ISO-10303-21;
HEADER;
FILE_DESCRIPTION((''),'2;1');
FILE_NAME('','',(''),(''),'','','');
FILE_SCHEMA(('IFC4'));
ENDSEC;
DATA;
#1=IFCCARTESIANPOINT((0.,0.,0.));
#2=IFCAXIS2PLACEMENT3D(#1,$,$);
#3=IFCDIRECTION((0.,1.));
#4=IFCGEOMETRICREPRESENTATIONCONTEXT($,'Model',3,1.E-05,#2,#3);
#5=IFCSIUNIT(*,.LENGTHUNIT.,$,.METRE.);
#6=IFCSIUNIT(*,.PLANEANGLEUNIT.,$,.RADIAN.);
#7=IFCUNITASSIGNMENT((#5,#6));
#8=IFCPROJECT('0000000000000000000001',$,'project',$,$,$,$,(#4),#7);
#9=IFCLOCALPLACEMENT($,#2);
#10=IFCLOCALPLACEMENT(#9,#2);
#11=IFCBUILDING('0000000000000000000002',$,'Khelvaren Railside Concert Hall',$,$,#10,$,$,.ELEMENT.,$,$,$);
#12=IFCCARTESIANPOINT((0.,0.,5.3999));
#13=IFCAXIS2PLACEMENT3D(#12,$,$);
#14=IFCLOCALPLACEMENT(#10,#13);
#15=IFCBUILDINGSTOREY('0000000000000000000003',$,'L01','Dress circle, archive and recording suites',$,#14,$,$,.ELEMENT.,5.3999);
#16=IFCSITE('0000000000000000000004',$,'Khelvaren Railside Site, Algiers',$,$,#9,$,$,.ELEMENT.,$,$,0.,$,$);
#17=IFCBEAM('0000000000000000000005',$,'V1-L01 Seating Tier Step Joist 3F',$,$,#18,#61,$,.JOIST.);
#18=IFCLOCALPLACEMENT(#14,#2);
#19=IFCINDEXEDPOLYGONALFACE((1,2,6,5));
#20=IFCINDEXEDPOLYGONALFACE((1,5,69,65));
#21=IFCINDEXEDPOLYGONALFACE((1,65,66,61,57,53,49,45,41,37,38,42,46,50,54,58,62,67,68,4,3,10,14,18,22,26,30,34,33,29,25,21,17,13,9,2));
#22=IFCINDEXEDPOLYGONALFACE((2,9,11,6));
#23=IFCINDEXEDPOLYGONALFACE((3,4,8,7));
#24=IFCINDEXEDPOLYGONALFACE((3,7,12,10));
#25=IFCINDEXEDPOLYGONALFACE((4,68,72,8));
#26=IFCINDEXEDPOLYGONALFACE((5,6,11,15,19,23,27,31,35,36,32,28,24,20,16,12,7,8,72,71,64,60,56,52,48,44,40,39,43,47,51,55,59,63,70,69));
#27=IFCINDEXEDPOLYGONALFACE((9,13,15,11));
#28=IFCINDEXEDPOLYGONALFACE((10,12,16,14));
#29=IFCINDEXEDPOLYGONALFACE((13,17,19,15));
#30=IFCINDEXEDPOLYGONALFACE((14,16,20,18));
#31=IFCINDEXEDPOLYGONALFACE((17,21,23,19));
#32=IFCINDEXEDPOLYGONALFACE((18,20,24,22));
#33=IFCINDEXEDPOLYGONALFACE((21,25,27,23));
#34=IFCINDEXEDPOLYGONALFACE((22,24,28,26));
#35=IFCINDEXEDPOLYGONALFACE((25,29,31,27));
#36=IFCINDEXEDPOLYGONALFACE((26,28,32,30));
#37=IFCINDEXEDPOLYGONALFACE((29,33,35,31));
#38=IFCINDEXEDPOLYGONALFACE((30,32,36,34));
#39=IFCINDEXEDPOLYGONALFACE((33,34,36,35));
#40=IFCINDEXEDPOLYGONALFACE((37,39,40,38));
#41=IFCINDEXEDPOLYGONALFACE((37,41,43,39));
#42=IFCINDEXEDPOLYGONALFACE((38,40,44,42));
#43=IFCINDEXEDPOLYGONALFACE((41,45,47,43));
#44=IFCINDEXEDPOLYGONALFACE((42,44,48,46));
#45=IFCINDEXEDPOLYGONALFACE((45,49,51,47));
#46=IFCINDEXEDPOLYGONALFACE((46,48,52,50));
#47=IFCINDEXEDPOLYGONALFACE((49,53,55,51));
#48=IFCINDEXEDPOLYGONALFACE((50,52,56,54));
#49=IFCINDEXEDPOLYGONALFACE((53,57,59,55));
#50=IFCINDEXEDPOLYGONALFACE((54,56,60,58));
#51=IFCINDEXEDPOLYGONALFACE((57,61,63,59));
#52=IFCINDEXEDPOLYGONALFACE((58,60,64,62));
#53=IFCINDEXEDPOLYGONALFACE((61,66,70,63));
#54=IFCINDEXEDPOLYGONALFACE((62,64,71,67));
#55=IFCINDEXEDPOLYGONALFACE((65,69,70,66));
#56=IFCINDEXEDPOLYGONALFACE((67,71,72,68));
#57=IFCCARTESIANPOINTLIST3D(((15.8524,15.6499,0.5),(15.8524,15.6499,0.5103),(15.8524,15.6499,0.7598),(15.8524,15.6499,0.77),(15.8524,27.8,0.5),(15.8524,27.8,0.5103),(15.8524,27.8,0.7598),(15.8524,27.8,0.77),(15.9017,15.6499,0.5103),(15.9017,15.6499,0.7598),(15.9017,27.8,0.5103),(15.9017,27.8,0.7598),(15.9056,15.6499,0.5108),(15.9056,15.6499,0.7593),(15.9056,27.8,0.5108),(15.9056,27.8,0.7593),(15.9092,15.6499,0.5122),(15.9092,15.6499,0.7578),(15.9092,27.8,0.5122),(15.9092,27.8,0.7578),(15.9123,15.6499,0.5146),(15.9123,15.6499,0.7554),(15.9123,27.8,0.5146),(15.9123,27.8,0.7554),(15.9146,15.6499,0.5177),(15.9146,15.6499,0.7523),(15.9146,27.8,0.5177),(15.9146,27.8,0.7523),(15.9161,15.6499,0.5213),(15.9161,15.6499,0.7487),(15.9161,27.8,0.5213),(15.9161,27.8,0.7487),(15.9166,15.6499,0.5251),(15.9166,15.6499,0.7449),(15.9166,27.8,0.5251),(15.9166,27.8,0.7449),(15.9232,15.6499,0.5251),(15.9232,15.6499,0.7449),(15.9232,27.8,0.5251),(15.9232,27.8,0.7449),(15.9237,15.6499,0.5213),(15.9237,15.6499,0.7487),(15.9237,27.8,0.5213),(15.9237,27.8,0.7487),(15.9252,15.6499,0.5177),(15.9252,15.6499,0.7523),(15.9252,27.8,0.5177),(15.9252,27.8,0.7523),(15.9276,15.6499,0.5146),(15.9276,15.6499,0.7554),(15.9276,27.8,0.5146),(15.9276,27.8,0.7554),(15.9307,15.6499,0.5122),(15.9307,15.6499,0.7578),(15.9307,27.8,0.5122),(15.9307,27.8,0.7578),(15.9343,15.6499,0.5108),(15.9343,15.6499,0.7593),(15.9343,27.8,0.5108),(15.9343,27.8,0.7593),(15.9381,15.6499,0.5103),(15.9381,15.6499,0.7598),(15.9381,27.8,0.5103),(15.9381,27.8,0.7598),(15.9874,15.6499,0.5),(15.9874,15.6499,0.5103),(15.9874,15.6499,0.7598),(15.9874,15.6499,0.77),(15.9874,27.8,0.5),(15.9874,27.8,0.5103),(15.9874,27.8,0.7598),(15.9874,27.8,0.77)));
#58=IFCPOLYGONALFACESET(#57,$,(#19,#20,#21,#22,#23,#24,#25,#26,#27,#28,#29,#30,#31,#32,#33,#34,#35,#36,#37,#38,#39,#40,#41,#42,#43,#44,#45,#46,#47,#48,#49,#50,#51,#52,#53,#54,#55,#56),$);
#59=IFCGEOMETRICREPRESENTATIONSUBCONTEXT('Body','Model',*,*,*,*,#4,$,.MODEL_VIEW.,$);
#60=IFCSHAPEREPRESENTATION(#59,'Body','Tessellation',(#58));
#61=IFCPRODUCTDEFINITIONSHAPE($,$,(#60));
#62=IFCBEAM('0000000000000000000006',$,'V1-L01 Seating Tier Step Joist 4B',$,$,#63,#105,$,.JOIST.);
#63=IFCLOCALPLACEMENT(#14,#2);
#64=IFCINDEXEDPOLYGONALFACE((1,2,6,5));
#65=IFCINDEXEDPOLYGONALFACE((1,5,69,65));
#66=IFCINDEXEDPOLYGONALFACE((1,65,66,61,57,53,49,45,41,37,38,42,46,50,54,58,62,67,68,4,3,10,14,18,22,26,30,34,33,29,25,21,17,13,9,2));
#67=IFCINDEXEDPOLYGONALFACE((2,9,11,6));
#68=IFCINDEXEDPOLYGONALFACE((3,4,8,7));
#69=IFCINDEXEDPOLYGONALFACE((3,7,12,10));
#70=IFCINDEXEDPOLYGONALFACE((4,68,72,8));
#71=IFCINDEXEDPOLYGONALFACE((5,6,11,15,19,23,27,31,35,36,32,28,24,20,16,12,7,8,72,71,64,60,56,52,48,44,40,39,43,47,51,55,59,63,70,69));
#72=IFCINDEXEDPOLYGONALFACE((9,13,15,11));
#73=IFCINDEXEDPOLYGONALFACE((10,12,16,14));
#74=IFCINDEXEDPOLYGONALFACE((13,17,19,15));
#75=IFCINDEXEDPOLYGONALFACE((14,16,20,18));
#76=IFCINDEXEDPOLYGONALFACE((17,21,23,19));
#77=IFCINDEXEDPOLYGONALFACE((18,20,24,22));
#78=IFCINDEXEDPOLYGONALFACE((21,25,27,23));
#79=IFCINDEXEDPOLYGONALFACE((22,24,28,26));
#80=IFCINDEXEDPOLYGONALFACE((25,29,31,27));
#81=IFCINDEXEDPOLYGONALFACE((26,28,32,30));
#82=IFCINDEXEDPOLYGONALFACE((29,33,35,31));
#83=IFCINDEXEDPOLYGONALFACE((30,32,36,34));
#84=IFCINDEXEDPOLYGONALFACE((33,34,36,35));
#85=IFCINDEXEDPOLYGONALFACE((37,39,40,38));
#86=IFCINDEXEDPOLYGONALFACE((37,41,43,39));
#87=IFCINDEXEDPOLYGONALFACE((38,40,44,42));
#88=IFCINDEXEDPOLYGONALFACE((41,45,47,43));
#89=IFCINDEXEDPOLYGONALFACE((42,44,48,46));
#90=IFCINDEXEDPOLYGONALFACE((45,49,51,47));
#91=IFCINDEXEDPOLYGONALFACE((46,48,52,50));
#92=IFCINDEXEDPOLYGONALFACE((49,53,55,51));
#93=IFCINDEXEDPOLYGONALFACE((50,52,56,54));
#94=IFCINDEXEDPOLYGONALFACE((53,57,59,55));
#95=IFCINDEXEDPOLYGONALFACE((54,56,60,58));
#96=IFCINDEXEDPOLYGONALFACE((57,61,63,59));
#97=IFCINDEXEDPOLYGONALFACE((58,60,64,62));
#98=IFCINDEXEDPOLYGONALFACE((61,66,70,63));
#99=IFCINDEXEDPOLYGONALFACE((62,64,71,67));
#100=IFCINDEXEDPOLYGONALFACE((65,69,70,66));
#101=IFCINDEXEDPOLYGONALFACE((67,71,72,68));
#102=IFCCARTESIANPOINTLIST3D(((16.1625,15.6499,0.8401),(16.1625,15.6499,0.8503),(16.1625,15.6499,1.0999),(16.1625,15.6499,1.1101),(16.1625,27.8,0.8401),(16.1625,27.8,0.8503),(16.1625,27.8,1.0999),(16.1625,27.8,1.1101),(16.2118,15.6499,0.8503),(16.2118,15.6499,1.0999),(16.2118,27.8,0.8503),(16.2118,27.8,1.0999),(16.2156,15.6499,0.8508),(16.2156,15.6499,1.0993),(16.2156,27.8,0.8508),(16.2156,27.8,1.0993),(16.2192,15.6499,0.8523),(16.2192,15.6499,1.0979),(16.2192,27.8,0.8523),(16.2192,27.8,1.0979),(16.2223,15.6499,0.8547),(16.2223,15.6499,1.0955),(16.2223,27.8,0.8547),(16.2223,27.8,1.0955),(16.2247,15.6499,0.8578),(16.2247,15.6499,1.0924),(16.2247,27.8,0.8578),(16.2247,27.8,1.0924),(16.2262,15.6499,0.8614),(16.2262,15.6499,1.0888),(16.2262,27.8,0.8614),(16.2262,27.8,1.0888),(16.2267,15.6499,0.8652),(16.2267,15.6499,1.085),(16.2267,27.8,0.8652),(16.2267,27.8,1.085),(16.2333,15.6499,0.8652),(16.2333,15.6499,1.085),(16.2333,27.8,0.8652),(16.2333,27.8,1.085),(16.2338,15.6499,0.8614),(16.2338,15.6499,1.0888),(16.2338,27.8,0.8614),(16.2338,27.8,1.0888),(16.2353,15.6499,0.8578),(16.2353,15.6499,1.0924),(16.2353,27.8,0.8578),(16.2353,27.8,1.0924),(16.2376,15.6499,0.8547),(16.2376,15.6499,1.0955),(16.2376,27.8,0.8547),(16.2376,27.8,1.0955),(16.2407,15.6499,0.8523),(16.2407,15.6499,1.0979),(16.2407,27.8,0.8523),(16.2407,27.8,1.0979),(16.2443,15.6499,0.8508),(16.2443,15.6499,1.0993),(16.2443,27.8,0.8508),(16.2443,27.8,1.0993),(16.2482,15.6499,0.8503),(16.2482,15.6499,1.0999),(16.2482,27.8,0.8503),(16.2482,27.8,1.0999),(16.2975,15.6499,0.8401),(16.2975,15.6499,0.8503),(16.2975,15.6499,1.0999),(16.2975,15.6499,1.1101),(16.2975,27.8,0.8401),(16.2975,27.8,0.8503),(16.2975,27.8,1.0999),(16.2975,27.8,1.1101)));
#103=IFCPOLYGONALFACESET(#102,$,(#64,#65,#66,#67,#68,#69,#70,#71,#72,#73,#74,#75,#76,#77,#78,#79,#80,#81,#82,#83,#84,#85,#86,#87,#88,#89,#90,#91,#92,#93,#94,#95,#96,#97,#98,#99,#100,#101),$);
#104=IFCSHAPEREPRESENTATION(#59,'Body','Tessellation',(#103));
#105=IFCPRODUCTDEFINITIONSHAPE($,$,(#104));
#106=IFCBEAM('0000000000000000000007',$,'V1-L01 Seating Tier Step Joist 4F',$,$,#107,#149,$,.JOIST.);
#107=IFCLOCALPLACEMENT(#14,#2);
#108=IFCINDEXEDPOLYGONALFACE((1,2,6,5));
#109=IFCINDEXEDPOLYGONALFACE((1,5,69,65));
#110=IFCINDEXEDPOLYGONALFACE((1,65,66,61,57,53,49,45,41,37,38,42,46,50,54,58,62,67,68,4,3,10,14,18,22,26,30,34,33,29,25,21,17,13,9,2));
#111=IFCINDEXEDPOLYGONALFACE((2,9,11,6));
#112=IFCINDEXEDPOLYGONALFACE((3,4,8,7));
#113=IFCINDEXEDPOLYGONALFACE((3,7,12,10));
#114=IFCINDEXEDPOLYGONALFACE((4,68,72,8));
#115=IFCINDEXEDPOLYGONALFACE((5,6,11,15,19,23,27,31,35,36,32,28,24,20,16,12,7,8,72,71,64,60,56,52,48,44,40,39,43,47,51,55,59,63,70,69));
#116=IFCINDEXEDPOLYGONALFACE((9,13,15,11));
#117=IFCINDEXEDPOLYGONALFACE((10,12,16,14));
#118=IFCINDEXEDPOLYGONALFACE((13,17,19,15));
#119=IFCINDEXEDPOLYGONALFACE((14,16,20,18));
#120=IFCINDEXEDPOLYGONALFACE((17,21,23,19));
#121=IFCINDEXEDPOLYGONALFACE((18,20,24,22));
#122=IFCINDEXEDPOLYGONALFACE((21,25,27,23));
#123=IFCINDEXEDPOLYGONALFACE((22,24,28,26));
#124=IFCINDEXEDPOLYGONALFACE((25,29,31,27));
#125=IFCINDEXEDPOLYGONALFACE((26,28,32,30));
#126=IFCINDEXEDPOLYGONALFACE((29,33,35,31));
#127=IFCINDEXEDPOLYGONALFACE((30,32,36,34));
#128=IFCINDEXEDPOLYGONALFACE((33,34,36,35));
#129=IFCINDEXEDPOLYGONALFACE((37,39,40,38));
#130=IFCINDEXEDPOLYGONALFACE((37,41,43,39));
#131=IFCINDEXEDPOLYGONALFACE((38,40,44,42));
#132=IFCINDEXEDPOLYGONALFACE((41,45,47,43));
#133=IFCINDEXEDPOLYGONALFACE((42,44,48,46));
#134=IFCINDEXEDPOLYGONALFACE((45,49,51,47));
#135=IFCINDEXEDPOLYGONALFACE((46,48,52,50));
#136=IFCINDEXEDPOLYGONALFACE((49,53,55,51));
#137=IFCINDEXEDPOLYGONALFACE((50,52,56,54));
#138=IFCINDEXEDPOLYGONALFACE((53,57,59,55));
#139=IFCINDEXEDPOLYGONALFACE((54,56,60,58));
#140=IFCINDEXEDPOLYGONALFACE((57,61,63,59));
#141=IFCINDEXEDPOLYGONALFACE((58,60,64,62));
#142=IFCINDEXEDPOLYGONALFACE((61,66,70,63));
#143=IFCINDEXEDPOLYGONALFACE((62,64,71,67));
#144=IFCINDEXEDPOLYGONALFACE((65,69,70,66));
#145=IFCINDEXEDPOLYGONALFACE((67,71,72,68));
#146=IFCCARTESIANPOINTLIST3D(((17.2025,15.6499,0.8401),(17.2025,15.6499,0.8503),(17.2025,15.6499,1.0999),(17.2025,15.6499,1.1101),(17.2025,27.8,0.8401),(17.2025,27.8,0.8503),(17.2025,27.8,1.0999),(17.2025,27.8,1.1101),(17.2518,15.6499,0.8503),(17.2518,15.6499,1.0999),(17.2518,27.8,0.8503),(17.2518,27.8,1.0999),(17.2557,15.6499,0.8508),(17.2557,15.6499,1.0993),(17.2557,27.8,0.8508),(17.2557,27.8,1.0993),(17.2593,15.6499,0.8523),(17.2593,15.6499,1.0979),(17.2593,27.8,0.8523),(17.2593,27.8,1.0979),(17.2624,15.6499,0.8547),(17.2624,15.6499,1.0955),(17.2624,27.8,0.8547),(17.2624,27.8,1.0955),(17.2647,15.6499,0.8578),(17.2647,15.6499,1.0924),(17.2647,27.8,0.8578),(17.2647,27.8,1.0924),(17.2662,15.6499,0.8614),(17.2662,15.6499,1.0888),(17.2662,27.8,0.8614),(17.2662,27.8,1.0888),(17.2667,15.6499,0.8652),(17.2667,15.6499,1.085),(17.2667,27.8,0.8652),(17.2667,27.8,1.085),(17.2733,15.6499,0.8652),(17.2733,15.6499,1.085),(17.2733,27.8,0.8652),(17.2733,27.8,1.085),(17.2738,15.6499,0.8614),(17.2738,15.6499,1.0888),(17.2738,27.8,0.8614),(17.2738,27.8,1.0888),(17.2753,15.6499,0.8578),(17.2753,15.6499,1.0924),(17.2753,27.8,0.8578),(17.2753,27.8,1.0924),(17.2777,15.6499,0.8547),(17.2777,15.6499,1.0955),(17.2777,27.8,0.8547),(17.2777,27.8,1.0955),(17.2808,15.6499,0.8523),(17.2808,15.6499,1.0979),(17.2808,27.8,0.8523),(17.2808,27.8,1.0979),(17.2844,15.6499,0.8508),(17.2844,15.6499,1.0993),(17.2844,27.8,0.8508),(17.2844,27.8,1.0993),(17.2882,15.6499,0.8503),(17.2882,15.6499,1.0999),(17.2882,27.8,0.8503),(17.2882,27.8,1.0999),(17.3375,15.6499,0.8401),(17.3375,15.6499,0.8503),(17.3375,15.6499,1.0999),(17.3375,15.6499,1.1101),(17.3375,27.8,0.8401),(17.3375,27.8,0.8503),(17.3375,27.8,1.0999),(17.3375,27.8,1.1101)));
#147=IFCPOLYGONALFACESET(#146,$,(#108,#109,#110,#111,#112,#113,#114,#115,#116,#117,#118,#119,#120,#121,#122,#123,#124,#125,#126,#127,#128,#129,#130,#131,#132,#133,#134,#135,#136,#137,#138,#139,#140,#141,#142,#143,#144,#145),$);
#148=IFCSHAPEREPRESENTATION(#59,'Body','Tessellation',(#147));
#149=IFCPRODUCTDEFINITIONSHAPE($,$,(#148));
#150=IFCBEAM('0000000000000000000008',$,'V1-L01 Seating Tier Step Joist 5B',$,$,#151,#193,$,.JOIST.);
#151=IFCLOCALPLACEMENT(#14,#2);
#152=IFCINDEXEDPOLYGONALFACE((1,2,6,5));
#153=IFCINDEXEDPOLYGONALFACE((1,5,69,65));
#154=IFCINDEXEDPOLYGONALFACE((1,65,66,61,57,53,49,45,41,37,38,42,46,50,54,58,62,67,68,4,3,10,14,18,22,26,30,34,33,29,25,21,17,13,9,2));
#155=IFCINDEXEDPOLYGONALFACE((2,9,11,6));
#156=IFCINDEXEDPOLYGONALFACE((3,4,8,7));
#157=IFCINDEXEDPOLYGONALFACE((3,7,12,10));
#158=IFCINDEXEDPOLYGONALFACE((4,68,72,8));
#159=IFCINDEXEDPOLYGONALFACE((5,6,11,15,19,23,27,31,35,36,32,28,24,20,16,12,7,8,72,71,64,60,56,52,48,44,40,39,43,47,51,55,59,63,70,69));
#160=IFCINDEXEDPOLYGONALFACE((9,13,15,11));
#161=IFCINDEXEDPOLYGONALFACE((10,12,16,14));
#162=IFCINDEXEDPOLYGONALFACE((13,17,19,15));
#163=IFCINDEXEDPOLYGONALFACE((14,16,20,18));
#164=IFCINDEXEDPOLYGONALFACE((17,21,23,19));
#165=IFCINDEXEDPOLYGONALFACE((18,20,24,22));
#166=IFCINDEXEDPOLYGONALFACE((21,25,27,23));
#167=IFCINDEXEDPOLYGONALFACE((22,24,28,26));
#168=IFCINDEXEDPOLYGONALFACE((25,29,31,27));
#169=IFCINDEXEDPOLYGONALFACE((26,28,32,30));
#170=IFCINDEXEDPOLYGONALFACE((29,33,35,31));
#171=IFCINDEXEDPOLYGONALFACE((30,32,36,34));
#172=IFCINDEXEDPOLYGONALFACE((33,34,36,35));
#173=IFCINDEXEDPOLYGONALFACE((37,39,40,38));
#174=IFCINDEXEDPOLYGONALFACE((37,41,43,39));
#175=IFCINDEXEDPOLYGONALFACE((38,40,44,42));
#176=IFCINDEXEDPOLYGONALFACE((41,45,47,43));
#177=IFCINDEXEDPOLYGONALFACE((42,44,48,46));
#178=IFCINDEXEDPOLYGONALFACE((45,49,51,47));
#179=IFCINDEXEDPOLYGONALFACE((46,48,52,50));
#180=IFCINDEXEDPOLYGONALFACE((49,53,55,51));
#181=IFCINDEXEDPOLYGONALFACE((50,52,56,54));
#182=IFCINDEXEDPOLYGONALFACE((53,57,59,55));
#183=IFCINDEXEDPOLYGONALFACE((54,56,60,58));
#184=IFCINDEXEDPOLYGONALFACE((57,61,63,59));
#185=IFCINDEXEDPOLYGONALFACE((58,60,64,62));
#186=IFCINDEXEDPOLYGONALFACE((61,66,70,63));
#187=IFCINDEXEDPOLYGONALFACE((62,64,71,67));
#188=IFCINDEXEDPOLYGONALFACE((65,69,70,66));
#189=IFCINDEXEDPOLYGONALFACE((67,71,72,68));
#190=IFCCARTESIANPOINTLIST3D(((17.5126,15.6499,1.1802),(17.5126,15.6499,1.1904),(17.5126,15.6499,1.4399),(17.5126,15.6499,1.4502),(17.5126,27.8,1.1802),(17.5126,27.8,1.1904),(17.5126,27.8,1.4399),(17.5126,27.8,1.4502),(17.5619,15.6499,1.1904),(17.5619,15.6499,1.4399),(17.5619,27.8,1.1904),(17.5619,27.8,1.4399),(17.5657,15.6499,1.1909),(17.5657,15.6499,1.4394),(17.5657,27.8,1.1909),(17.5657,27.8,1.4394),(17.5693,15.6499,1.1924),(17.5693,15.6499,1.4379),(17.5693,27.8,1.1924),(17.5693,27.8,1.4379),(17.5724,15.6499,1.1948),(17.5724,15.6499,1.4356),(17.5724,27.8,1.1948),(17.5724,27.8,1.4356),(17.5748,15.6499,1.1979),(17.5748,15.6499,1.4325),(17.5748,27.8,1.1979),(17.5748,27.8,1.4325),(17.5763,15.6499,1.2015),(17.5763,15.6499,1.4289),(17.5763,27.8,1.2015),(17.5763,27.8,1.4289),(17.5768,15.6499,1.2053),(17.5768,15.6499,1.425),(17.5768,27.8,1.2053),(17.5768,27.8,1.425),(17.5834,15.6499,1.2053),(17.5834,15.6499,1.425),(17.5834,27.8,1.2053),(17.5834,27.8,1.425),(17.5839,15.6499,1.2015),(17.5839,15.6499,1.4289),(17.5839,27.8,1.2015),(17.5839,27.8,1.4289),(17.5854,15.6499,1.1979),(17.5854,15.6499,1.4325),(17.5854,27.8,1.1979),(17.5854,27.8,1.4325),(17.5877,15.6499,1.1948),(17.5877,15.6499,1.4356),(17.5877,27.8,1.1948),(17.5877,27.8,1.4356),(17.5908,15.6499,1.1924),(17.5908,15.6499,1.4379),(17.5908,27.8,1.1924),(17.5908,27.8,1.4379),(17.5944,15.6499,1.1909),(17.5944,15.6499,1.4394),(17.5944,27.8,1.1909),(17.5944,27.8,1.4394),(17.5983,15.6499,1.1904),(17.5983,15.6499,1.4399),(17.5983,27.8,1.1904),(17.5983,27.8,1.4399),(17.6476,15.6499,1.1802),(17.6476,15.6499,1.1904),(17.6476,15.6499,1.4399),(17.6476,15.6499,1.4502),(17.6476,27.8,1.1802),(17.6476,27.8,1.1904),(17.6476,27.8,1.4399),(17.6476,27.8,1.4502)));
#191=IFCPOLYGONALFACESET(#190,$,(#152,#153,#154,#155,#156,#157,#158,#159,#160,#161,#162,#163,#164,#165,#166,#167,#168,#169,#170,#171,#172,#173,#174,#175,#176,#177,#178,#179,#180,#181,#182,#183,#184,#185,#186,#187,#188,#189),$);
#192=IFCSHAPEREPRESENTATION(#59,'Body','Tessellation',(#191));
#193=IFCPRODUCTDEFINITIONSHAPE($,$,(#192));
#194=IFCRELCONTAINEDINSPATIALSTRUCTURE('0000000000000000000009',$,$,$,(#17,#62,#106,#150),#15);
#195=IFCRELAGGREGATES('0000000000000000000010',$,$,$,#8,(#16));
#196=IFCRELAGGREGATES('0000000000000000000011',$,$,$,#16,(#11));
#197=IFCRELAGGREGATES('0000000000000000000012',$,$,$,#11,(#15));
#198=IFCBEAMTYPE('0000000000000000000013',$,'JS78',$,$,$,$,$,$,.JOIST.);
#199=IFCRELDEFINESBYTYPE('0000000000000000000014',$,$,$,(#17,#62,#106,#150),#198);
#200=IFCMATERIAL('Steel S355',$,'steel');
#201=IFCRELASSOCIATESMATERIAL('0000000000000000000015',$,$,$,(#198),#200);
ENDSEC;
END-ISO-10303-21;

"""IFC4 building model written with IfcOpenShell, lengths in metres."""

from ifc_helpers import new_model, si_unit, direction, frame, origin, origin_2d, place, context, subcontext, project, spatial, i_section, extrude, material, material_profile, profile_set, type_object, element, save


model = new_model("IFC4")

# Units and contexts
model_context = context("Model", 3, precision=1e-05, world=origin(), true_north=direction((0.0, 1.0)))
body_context = subcontext(model_context, "Body", "Model", "MODEL_VIEW")
ifc_project = project(units=[si_unit("LENGTHUNIT", "METRE"), si_unit("PLANEANGLEUNIT", "RADIAN")], contexts=[model_context])

# Site, building, storey
site_placement = place(None, origin())
site = spatial("IfcSite", under=ifc_project, at=site_placement, Name="Khelvaren Railside Site, Algiers", CompositionType="ELEMENT", RefElevation=0.0)
building_placement = place(site_placement, origin())
building = spatial("IfcBuilding", under=site, at=building_placement, Name="Khelvaren Railside Concert Hall", CompositionType="ELEMENT")
storey_placement = place(building_placement, frame((0.0, 0.0, 5.3999)))
storey = spatial("IfcBuildingStorey", under=building, at=storey_placement, Name="L01", Description="Dress circle, archive and recording suites", CompositionType="ELEMENT", Elevation=5.3999)

# Beams
ifc_material_1 = material(Name="Steel S355", Category="steel")
ifc_material_profile_1 = material_profile(ifc_material_1, i_section(OverallWidth=0.135, OverallDepth=0.27, WebThickness=0.0066, FlangeThickness=0.0103, FilletRadius=0.0149, at=origin_2d()), Name="IPE 270")
ifc_profile_set_1 = profile_set([ifc_material_profile_1], Name="Steel S355")
beam_type_1 = type_object("IfcBeamType", Name="JS78", PredefinedType="JOIST", material=ifc_profile_set_1)
for number, where, z_axis, x_axis, name in (
    (1, (15.9199, 15.6499, 0.635), (0.0, 1.0, 0.0), (-1.0, 0.0, 0.0), "V1-L01 Seating Tier Step Joist 3F"),
    (2, (16.23, 15.6499, 0.9751), (0.0, 1.0, 0.0), (-1.0, 0.0, 0.0), "V1-L01 Seating Tier Step Joist 4B"),
    (3, (17.27, 15.6499, 0.9751), (0.0, 1.0, 0.0), (-1.0, 0.0, 0.0), "V1-L01 Seating Tier Step Joist 4F"),
    (4, (17.5801, 15.6499, 1.3152), (0.0, 1.0, 0.0), (-1.0, 0.0, 0.0), "V1-L01 Seating Tier Step Joist 5B"),
):
    element("IfcBeam", number, at=place(storey_placement, frame(where, z_axis=z_axis, x_axis=x_axis)), inside=storey, type_object=beam_type_1, Name=name, PredefinedType="JOIST", context=body_context, shape_type="SweptSolid", body=[
        extrude(i_section(OverallWidth=0.135, OverallDepth=0.27, WebThickness=0.0066, FlangeThickness=0.0103, FilletRadius=0.0149, at=origin_2d()), origin(), (0.0, 0.0, 1.0), 12.1501),
    ])

save(model, "model.ifc")
